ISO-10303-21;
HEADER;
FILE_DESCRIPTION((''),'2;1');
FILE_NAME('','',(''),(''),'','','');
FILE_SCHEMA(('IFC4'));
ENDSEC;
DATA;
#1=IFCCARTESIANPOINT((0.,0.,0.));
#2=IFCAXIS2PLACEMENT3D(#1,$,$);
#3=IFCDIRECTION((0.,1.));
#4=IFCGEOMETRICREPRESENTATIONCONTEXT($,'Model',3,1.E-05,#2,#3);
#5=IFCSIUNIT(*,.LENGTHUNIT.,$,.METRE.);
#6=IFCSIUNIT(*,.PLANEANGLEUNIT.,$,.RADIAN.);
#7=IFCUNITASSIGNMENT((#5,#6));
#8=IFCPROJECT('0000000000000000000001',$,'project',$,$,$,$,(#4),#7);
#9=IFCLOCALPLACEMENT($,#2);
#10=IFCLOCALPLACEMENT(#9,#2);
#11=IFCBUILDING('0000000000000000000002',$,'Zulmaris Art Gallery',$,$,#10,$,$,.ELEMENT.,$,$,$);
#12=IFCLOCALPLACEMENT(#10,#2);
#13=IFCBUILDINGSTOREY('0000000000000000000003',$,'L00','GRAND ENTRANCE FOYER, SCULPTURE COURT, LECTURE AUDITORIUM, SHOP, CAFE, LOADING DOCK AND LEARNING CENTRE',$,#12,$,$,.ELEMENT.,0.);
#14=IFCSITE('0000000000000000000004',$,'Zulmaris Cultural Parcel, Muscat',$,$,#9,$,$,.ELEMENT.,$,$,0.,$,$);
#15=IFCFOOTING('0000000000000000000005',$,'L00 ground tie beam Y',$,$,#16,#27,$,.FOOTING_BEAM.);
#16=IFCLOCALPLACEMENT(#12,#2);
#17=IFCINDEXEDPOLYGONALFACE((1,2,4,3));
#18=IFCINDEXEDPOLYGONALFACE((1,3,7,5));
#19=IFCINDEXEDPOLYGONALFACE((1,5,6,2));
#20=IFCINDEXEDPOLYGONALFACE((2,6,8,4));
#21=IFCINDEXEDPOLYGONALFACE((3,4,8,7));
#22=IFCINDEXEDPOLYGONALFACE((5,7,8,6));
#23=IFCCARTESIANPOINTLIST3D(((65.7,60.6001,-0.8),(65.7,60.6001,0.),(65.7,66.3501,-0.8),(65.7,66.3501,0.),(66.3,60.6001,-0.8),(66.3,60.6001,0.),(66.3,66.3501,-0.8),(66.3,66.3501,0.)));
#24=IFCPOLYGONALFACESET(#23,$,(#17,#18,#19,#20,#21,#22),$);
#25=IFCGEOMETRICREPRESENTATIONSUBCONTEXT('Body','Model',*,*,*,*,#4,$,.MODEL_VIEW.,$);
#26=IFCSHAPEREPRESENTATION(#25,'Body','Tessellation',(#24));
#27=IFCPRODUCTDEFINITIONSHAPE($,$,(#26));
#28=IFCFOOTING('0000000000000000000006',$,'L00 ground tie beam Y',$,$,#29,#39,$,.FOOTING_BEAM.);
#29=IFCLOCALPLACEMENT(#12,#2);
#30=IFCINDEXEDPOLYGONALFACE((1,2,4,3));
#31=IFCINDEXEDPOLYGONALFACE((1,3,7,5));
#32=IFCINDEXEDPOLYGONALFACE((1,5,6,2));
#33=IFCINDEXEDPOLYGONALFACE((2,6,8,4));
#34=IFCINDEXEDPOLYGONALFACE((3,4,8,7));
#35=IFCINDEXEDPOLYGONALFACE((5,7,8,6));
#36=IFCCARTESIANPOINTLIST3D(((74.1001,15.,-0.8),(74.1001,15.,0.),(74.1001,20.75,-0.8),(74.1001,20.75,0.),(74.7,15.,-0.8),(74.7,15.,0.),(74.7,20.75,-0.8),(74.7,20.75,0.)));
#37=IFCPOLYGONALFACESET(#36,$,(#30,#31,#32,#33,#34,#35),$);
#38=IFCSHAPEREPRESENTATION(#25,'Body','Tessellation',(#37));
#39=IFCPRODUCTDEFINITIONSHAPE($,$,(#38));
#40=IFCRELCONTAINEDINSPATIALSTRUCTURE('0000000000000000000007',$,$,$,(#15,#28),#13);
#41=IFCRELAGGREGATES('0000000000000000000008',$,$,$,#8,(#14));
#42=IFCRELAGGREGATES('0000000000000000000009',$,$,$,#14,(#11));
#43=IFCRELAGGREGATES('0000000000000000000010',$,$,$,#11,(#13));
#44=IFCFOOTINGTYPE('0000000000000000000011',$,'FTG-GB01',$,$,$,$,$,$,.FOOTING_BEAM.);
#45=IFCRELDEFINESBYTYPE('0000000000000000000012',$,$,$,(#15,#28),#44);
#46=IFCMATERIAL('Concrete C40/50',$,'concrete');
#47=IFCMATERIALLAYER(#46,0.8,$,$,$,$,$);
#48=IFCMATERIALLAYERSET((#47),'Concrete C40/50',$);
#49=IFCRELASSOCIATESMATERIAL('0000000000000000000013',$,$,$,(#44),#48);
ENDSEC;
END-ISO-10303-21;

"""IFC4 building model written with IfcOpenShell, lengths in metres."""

from ifc_helpers import new_model, si_unit, direction, frame, origin, place, context, subcontext, project, spatial, polyline, outline, extrude, material, layer, layer_set, type_object, element, save


model = new_model("IFC4")

# Units and contexts
model_context = context("Model", 3, precision=1e-05, world=origin(), true_north=direction((0.0, 1.0)))
body_context = subcontext(model_context, "Body", "Model", "MODEL_VIEW")
ifc_project = project(units=[si_unit("LENGTHUNIT", "METRE"), si_unit("PLANEANGLEUNIT", "RADIAN")], contexts=[model_context])

# Site, building, storey
site_placement = place(None, origin())
site = spatial("IfcSite", under=ifc_project, at=site_placement, Name="Zulmaris Cultural Parcel, Muscat", CompositionType="ELEMENT", RefElevation=0.0)
building_placement = place(site_placement, origin())
building = spatial("IfcBuilding", under=site, at=building_placement, Name="Zulmaris Art Gallery", CompositionType="ELEMENT")
storey_placement = place(building_placement, origin())
storey = spatial("IfcBuildingStorey", under=building, at=storey_placement, Name="L00", Description="GRAND ENTRANCE FOYER, SCULPTURE COURT, LECTURE AUDITORIUM, SHOP, CAFE, LOADING DOCK AND LEARNING CENTRE", CompositionType="ELEMENT", Elevation=0.0)

# Footings
ifc_material = material(Name="Concrete C40/50", Category="concrete")
ifc_layer = layer(ifc_material, 0.8)
ifc_layer_set = layer_set([ifc_layer], Name="Concrete C40/50")
footing_type = type_object("IfcFootingType", Name="FTG-GB01", PredefinedType="FOOTING_BEAM", material=ifc_layer_set)
footing_1_placement = place(storey_placement, frame((0.0, 0.0, -0.8)))
element("IfcFooting", 1, at=footing_1_placement, inside=storey, type_object=footing_type, Name="L00 ground tie beam Y", PredefinedType="FOOTING_BEAM", context=body_context, shape_type="SweptSolid", body=[
    extrude(outline(polyline([(65.7, 60.6001), (66.3, 60.6001), (66.3, 66.3501), (65.7, 66.3501), (65.7, 60.6001)])), origin(), (0.0, 0.0, 1.0), 0.8),
])
footing_2_placement = place(storey_placement, frame((0.0, 0.0, -0.8)))
element("IfcFooting", 2, at=footing_2_placement, inside=storey, type_object=footing_type, Name="L00 ground tie beam Y", PredefinedType="FOOTING_BEAM", context=body_context, shape_type="SweptSolid", body=[
    extrude(outline(polyline([(74.1001, 15.0), (74.7, 15.0), (74.7, 20.75), (74.1001, 20.75), (74.1001, 15.0)])), origin(), (0.0, 0.0, 1.0), 0.8),
])

save(model, "model.ifc")
